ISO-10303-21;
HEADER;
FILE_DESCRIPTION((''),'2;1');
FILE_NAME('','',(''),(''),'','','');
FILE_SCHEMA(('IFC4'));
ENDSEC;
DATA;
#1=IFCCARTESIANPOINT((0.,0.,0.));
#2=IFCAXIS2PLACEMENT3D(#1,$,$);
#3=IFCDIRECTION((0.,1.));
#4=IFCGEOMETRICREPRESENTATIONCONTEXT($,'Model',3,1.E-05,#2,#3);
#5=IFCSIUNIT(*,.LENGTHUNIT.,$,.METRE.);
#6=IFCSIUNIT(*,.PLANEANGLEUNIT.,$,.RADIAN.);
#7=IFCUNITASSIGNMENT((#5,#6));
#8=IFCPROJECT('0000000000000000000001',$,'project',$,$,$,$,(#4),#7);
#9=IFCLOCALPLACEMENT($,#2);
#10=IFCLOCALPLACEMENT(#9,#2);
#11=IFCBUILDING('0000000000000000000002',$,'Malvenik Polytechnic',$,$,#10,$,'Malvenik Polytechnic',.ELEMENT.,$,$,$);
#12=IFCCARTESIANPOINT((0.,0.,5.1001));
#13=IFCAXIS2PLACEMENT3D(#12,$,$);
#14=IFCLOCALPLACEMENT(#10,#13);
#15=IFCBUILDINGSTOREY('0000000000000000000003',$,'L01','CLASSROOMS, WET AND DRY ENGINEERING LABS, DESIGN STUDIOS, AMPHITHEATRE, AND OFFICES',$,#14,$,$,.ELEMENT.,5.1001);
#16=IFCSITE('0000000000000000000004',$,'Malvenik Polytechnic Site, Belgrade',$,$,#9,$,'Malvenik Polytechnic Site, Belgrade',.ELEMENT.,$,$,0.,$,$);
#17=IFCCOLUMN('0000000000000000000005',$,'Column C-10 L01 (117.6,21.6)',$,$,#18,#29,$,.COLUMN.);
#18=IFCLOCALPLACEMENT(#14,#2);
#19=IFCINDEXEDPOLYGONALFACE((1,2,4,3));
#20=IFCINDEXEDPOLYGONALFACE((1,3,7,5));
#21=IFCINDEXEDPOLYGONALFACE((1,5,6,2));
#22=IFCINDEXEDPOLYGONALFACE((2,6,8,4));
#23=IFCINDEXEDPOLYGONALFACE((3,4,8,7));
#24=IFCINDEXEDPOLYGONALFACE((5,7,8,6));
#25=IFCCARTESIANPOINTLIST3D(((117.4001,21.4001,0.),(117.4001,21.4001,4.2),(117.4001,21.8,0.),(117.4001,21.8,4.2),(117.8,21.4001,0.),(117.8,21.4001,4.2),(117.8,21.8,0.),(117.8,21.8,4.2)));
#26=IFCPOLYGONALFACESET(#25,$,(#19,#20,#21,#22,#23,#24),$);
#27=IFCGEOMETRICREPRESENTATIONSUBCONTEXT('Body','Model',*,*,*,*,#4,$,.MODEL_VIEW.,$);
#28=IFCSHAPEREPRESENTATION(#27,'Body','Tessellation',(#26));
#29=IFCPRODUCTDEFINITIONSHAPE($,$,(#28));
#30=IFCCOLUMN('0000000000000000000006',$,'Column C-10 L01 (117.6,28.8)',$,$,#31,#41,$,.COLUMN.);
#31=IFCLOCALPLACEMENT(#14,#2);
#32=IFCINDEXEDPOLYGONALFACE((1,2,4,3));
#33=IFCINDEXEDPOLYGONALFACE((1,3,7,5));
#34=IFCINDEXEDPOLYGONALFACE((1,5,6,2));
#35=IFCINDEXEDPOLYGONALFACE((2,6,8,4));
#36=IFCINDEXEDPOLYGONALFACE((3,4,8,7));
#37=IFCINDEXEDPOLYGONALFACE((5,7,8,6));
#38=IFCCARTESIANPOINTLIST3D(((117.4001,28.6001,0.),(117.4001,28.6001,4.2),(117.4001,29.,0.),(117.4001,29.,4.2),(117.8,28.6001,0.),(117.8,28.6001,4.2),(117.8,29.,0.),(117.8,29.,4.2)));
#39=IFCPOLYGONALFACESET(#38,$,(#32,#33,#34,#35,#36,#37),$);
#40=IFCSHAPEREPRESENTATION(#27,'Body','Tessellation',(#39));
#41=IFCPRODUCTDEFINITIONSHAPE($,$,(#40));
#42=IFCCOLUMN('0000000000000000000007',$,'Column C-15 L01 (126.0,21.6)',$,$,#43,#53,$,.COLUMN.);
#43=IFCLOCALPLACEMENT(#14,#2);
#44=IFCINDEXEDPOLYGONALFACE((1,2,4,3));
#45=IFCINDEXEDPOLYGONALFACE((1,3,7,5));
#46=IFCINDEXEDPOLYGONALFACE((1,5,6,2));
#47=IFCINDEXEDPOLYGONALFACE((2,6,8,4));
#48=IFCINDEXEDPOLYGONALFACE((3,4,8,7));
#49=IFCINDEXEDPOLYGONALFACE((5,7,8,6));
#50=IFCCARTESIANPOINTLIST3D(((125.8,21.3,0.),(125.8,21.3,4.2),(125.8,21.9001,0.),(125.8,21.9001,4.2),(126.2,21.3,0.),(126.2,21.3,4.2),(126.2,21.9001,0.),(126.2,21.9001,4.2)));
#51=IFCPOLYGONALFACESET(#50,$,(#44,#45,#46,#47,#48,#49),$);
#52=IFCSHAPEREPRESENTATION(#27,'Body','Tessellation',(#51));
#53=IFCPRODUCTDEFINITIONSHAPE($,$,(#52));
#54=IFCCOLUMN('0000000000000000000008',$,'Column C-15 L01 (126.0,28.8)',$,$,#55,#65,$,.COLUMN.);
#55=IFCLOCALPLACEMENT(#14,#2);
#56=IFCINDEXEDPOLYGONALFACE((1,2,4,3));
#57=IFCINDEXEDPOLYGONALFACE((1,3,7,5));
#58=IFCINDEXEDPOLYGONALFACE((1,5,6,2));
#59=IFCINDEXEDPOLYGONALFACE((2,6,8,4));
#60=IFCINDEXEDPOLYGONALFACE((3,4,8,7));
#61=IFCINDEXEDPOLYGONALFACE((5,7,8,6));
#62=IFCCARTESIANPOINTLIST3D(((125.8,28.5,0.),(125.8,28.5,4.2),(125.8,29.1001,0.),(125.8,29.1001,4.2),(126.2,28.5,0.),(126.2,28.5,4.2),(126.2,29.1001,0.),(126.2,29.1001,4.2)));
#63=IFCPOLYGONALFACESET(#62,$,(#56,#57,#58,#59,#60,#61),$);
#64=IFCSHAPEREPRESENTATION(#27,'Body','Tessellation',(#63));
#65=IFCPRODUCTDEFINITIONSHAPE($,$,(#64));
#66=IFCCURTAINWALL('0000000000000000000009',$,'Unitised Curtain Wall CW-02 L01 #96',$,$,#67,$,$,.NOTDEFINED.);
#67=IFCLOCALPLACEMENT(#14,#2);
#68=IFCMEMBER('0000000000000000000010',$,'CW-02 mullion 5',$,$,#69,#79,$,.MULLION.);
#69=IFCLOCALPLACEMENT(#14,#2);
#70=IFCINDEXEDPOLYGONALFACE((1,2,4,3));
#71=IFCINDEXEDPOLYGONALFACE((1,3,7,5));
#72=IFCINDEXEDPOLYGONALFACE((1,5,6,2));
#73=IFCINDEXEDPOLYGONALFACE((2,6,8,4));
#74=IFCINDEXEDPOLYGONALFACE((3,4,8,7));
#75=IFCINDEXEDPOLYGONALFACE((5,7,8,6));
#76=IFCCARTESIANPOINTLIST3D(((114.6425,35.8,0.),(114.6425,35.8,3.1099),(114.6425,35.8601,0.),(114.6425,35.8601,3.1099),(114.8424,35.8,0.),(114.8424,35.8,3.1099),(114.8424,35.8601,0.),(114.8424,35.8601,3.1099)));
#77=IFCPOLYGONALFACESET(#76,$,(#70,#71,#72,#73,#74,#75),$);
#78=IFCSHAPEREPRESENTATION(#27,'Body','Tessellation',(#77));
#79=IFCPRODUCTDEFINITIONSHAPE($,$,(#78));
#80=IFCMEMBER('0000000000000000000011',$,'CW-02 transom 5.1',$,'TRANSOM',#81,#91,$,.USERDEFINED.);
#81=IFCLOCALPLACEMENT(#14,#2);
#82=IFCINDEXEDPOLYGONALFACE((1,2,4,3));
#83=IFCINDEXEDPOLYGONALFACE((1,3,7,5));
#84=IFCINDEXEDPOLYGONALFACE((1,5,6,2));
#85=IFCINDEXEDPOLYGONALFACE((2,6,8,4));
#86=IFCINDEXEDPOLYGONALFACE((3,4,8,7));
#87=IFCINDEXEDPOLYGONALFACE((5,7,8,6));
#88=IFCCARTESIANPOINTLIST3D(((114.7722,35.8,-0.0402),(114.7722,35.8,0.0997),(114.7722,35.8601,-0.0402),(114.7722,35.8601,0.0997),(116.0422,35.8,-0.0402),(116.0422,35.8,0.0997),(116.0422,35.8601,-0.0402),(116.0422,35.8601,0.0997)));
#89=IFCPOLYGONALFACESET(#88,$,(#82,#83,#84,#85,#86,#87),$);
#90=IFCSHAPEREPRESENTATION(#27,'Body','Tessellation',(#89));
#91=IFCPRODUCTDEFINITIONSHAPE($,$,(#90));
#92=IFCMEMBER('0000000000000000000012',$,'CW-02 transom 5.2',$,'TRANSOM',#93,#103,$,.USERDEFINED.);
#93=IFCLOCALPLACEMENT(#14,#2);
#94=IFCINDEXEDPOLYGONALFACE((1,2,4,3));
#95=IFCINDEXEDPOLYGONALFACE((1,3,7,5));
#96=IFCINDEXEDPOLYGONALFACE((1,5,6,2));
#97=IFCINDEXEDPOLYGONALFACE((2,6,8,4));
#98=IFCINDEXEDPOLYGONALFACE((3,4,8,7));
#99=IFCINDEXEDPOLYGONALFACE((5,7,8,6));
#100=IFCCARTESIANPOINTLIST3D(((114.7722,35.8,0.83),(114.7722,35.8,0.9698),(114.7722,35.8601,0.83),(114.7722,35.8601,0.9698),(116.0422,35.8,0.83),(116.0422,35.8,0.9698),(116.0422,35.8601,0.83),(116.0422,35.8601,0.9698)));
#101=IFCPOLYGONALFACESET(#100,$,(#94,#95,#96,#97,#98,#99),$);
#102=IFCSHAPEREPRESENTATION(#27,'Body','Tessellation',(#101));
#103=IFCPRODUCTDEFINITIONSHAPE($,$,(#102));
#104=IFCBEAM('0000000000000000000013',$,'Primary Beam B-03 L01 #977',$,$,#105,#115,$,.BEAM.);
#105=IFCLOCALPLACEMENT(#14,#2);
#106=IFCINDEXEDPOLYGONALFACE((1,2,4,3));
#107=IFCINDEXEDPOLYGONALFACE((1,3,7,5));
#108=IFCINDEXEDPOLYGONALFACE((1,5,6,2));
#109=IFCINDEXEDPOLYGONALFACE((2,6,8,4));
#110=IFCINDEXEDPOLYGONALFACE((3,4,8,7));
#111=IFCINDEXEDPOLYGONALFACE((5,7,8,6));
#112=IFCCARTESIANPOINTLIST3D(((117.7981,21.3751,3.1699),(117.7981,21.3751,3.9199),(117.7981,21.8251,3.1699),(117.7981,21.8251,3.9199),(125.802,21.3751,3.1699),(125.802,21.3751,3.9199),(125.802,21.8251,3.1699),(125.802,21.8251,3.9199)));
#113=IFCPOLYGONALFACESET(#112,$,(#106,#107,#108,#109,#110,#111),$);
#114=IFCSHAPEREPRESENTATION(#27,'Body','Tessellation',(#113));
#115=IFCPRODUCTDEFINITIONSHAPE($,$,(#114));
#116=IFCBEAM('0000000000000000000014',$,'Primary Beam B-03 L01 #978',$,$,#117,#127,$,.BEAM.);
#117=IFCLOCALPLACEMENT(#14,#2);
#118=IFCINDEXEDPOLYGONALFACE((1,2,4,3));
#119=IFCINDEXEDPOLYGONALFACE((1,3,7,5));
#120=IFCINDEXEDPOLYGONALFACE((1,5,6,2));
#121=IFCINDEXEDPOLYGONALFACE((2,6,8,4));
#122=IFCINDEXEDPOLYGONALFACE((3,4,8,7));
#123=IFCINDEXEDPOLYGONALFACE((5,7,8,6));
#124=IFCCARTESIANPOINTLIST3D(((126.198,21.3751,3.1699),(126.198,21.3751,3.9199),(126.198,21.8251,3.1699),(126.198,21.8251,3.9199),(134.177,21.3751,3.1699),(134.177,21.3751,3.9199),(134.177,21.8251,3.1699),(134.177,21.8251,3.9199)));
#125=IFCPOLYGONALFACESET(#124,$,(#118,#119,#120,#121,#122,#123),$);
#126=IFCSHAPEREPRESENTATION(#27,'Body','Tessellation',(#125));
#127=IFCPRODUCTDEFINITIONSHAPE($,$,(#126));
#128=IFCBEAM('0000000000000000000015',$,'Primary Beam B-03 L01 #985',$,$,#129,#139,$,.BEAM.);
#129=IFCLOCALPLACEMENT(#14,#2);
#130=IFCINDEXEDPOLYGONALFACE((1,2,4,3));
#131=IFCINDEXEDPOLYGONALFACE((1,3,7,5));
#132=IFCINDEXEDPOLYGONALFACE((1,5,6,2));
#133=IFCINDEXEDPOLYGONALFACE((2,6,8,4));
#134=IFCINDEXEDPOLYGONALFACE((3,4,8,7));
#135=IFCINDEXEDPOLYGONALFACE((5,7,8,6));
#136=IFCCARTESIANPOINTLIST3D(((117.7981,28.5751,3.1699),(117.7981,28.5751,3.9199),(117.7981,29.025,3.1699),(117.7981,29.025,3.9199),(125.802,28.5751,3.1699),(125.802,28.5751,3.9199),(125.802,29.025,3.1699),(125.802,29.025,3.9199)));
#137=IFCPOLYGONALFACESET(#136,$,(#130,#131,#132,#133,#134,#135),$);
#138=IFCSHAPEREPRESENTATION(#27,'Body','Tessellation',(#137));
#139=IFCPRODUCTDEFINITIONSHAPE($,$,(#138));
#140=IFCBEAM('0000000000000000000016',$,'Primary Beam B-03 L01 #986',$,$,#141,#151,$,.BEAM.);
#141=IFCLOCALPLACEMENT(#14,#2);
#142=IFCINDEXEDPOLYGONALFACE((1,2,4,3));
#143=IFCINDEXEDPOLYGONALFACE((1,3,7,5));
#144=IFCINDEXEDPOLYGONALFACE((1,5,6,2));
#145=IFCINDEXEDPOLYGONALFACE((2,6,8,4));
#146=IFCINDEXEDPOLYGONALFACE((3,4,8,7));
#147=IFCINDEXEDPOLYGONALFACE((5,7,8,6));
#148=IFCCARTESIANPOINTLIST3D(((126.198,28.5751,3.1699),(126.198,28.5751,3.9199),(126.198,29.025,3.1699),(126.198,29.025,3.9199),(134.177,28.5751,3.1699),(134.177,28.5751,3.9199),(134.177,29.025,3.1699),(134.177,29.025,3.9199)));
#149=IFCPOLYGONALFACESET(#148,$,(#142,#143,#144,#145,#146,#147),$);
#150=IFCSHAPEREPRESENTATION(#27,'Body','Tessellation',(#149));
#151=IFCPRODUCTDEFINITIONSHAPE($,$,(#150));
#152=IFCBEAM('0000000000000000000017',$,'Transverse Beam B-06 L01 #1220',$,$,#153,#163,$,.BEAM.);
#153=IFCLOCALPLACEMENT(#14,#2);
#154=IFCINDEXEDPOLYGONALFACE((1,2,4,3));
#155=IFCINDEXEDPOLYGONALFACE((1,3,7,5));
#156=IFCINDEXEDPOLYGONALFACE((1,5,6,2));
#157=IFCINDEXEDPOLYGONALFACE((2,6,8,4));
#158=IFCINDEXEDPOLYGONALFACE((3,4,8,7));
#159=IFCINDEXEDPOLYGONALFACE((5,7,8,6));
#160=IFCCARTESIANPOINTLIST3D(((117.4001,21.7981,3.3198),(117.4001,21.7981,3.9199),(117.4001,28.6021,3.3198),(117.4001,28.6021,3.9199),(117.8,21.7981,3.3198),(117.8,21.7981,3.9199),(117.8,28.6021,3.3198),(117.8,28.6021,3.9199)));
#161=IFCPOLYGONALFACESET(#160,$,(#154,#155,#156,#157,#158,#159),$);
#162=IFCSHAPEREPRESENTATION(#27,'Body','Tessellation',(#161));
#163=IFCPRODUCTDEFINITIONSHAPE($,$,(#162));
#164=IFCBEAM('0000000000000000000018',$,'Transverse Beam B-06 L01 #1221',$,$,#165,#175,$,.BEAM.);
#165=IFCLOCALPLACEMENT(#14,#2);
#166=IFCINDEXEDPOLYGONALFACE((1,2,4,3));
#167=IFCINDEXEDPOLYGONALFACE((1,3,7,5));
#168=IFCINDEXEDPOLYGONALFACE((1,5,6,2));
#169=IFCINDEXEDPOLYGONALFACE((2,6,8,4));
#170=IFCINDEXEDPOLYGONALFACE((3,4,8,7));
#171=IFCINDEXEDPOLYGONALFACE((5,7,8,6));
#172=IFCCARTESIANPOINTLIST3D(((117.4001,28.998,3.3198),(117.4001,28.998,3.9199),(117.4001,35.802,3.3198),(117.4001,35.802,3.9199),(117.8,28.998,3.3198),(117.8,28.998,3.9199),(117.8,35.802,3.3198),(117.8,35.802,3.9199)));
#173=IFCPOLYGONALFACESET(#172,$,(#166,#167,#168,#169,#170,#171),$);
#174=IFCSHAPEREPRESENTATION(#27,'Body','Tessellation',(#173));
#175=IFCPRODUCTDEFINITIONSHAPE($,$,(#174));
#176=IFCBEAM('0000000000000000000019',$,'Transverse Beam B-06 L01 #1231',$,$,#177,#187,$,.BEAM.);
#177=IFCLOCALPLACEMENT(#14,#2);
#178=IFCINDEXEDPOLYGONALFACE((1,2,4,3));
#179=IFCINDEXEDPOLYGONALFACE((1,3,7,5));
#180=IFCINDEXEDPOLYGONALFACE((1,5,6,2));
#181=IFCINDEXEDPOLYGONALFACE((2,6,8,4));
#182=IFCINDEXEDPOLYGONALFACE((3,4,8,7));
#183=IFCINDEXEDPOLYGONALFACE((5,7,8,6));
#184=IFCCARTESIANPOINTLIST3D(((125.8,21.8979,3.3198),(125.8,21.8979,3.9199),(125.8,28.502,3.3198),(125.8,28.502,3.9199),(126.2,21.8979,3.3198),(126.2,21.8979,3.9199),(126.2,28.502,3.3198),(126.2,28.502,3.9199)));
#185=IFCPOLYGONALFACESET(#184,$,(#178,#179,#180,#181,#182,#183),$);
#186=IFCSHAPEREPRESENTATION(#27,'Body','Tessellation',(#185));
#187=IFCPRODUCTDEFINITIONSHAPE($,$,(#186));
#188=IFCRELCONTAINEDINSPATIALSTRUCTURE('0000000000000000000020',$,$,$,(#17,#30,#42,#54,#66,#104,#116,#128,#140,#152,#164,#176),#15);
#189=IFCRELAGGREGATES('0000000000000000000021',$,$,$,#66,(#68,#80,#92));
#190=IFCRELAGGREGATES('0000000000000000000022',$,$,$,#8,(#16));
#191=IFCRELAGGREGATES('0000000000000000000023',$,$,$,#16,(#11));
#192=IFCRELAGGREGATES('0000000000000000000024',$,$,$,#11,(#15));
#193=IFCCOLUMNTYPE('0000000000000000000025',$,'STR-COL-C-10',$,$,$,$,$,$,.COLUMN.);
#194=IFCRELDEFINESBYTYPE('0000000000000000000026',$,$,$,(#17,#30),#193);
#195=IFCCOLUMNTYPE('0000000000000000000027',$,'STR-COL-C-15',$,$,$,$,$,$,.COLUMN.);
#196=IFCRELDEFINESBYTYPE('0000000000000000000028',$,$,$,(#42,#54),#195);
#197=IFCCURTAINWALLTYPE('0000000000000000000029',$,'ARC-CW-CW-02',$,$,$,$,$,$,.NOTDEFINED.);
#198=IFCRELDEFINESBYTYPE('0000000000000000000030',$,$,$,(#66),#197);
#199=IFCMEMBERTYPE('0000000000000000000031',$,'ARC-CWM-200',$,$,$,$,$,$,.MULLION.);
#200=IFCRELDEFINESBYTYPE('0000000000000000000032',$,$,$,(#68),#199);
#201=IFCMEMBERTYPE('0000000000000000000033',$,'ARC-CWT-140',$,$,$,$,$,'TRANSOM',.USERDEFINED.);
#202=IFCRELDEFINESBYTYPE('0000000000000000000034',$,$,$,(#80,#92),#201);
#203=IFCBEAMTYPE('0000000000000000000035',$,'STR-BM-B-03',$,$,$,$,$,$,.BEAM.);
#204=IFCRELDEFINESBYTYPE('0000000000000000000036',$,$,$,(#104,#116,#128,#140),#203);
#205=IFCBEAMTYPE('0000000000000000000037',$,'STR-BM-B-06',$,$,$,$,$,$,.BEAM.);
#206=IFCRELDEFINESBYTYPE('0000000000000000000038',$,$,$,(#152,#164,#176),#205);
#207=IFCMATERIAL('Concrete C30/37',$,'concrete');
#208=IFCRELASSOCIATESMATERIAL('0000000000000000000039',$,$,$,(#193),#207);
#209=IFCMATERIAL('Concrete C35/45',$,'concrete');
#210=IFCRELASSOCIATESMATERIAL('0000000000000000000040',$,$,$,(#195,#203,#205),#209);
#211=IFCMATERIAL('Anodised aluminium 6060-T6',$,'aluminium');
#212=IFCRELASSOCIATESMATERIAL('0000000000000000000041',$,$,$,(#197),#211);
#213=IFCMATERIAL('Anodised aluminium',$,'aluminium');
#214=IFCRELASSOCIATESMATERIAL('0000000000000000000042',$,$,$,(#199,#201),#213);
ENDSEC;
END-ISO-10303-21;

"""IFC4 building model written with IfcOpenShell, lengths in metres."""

from ifc_helpers import new_model, si_unit, direction, frame, origin, origin_2d, place, context, subcontext, project, spatial, rectangle, extrude, material, material_profile, profile_set, type_object, element, aggregate, save


model = new_model("IFC4")

# Units and contexts
model_context = context("Model", 3, precision=1e-05, world=origin(), true_north=direction((0.0, 1.0)))
body_context = subcontext(model_context, "Body", "Model", "MODEL_VIEW")
ifc_project = project(units=[si_unit("LENGTHUNIT", "METRE"), si_unit("PLANEANGLEUNIT", "RADIAN")], contexts=[model_context])

# Site, building, storey
site_placement = place(None, origin())
site = spatial("IfcSite", under=ifc_project, at=site_placement, Name="Malvenik Polytechnic Site, Belgrade", LongName="Malvenik Polytechnic Site, Belgrade", CompositionType="ELEMENT", RefElevation=0.0)
building_placement = place(site_placement, origin())
building = spatial("IfcBuilding", under=site, at=building_placement, Name="Malvenik Polytechnic", LongName="Malvenik Polytechnic", CompositionType="ELEMENT")
storey_placement = place(building_placement, frame((0.0, 0.0, 5.1001)))
storey = spatial("IfcBuildingStorey", under=building, at=storey_placement, Name="L01", Description="CLASSROOMS, WET AND DRY ENGINEERING LABS, DESIGN STUDIOS, AMPHITHEATRE, AND OFFICES", CompositionType="ELEMENT", Elevation=5.1001)

# Columns
ifc_material_1 = material(Name="Concrete C30/37", Category="concrete")
ifc_material_profile_1 = material_profile(ifc_material_1, rectangle(XDim=0.3999, YDim=0.3999, at=origin_2d()), Name="RC COL 400x400")
ifc_profile_set_1 = profile_set([ifc_material_profile_1], Name="Concrete C30/37")
column_type_1 = type_object("IfcColumnType", Name="STR-COL-C-10", PredefinedType="COLUMN", material=ifc_profile_set_1)
for number, where, z_axis, x_axis, name in (
    (1, (117.6001, 21.6001, 0.0), (0.0, 0.0, 1.0), (1.0, 0.0, 0.0), "Column C-10 L01 (117.6,21.6)"),
    (2, (117.6001, 28.8, 0.0), (0.0, 0.0, 1.0), (1.0, 0.0, 0.0), "Column C-10 L01 (117.6,28.8)"),
):
    element("IfcColumn", number, at=place(storey_placement, frame(where, z_axis=z_axis, x_axis=x_axis)), inside=storey, type_object=column_type_1, Name=name, PredefinedType="COLUMN", context=body_context, shape_type="SweptSolid", body=[
        extrude(rectangle(XDim=0.3999, YDim=0.3999, at=origin_2d()), origin(), (0.0, 0.0, 1.0), 4.2),
    ])
ifc_material_2 = material(Name="Concrete C35/45", Category="concrete")
ifc_material_profile_2 = material_profile(ifc_material_2, rectangle(XDim=0.3999, YDim=0.6001, at=origin_2d()), Name="RC COL 600x400")
ifc_profile_set_2 = profile_set([ifc_material_profile_2], Name="Concrete C35/45")
column_type_2 = type_object("IfcColumnType", Name="STR-COL-C-15", PredefinedType="COLUMN", material=ifc_profile_set_2)
for number, where, z_axis, x_axis, name in (
    (3, (126.0, 21.6001, 0.0), (0.0, 0.0, 1.0), (1.0, 0.0, 0.0), "Column C-15 L01 (126.0,21.6)"),
    (4, (126.0, 28.8, 0.0), (0.0, 0.0, 1.0), (1.0, 0.0, 0.0), "Column C-15 L01 (126.0,28.8)"),
):
    element("IfcColumn", number, at=place(storey_placement, frame(where, z_axis=z_axis, x_axis=x_axis)), inside=storey, type_object=column_type_2, Name=name, PredefinedType="COLUMN", context=body_context, shape_type="SweptSolid", body=[
        extrude(rectangle(XDim=0.3999, YDim=0.6001, at=origin_2d()), origin(), (0.0, 0.0, 1.0), 4.2),
    ])

# Curtain wall, members
ifc_material_3 = material(Name="Anodised aluminium 6060-T6", Category="aluminium")
curtain_wall_type = type_object("IfcCurtainWallType", Name="ARC-CW-CW-02", PredefinedType="NOTDEFINED", material=ifc_material_3)
curtain_wall_placement = place(storey_placement, origin())
curtain_wall = element("IfcCurtainWall", 5, at=curtain_wall_placement, inside=storey, type_object=curtain_wall_type, Name="Unitised Curtain Wall CW-02 L01 #96", PredefinedType="NOTDEFINED")
ifc_material_4 = material(Name="Anodised aluminium", Category="aluminium")
ifc_material_profile_3 = material_profile(ifc_material_4, rectangle(XDim=0.0601, YDim=0.2, at=origin_2d()), Name="ALU MULLION 60x200")
ifc_profile_set_3 = profile_set([ifc_material_profile_3], Name="Anodised aluminium")
member_type_1 = type_object("IfcMemberType", Name="ARC-CWM-200", PredefinedType="MULLION", material=ifc_profile_set_3)
member_1_placement = place(storey_placement, frame((114.7424, 35.8301, 0.0), z_axis=(0.0, 0.0, 1.0), x_axis=(0.0, 1.0, 0.0)))
member_1 = element("IfcMember", 6, at=member_1_placement, type_object=member_type_1, Name="CW-02 mullion 5", PredefinedType="MULLION", context=body_context, shape_type="SweptSolid", body=[
    extrude(rectangle(XDim=0.0601, YDim=0.2, at=origin_2d()), origin(), (0.0, 0.0, 1.0), 3.1099),
])
ifc_material_profile_4 = material_profile(ifc_material_4, rectangle(XDim=0.0601, YDim=0.1399, at=origin_2d()), Name="ALU TRANSOM 60x140")
ifc_profile_set_4 = profile_set([ifc_material_profile_4], Name="Anodised aluminium")
member_type_2 = type_object("IfcMemberType", Name="ARC-CWT-140", ElementType="TRANSOM", PredefinedType="USERDEFINED", material=ifc_profile_set_4)
member_2_placement = place(storey_placement, frame((114.7722, 35.8301, 0.0298), z_axis=(1.0, 0.0, 0.0), x_axis=(0.0, 1.0, 0.0)))
member_2 = element("IfcMember", 7, at=member_2_placement, type_object=member_type_2, Name="CW-02 transom 5.1", ObjectType="TRANSOM", PredefinedType="USERDEFINED", context=body_context, shape_type="SweptSolid", body=[
    extrude(rectangle(XDim=0.0601, YDim=0.1399, at=origin_2d()), origin(), (0.0, 0.0, 1.0), 1.27),
])
member_3_placement = place(storey_placement, frame((114.7722, 35.8301, 0.8999), z_axis=(1.0, 0.0, 0.0), x_axis=(0.0, 1.0, 0.0)))
member_3 = element("IfcMember", 8, at=member_3_placement, type_object=member_type_2, Name="CW-02 transom 5.2", ObjectType="TRANSOM", PredefinedType="USERDEFINED", context=body_context, shape_type="SweptSolid", body=[
    extrude(rectangle(XDim=0.0601, YDim=0.1399, at=origin_2d()), origin(), (0.0, 0.0, 1.0), 1.27),
])
aggregate(curtain_wall, [member_1, member_2, member_3])

# Beams
ifc_material_profile_5 = material_profile(ifc_material_2, rectangle(XDim=0.45, YDim=0.75, at=origin_2d()), Name="RC BM 450x750")
ifc_profile_set_5 = profile_set([ifc_material_profile_5], Name="Concrete C35/45")
beam_type_1 = type_object("IfcBeamType", Name="STR-BM-B-03", PredefinedType="BEAM", material=ifc_profile_set_5)
beam_1_placement = place(storey_placement, frame((117.7981, 21.6001, 3.5449), z_axis=(1.0, 0.0, 0.0), x_axis=(0.0, 1.0, 0.0)))
element("IfcBeam", 9, at=beam_1_placement, inside=storey, type_object=beam_type_1, Name="Primary Beam B-03 L01 #977", PredefinedType="BEAM", context=body_context, shape_type="SweptSolid", body=[
    extrude(rectangle(XDim=0.45, YDim=0.75, at=origin_2d()), origin(), (0.0, 0.0, 1.0), 8.0039),
])
beam_2_placement = place(storey_placement, frame((126.198, 21.6001, 3.5449), z_axis=(1.0, 0.0, 0.0), x_axis=(0.0, 1.0, 0.0)))
element("IfcBeam", 10, at=beam_2_placement, inside=storey, type_object=beam_type_1, Name="Primary Beam B-03 L01 #978", PredefinedType="BEAM", context=body_context, shape_type="SweptSolid", body=[
    extrude(rectangle(XDim=0.45, YDim=0.75, at=origin_2d()), origin(), (0.0, 0.0, 1.0), 7.979),
])
beam_3_placement = place(storey_placement, frame((117.7981, 28.8, 3.5449), z_axis=(1.0, 0.0, 0.0), x_axis=(0.0, 1.0, 0.0)))
element("IfcBeam", 11, at=beam_3_placement, inside=storey, type_object=beam_type_1, Name="Primary Beam B-03 L01 #985", PredefinedType="BEAM", context=body_context, shape_type="SweptSolid", body=[
    extrude(rectangle(XDim=0.45, YDim=0.75, at=origin_2d()), origin(), (0.0, 0.0, 1.0), 8.0039),
])
beam_4_placement = place(storey_placement, frame((126.198, 28.8, 3.5449), z_axis=(1.0, 0.0, 0.0), x_axis=(0.0, 1.0, 0.0)))
element("IfcBeam", 12, at=beam_4_placement, inside=storey, type_object=beam_type_1, Name="Primary Beam B-03 L01 #986", PredefinedType="BEAM", context=body_context, shape_type="SweptSolid", body=[
    extrude(rectangle(XDim=0.45, YDim=0.75, at=origin_2d()), origin(), (0.0, 0.0, 1.0), 7.979),
])
ifc_material_profile_6 = material_profile(ifc_material_2, rectangle(XDim=0.3999, YDim=0.6001, at=origin_2d()), Name="RC BM 400x600")
ifc_profile_set_6 = profile_set([ifc_material_profile_6], Name="Concrete C35/45")
beam_type_2 = type_object("IfcBeamType", Name="STR-BM-B-06", PredefinedType="BEAM", material=ifc_profile_set_6)
for number, where, z_axis, x_axis, name in (
    (13, (117.6001, 21.7981, 3.6199), (0.0, 1.0, 0.0), (-1.0, 0.0, 0.0), "Transverse Beam B-06 L01 #1220"),
    (14, (117.6001, 28.998, 3.6199), (0.0, 1.0, 0.0), (-1.0, 0.0, 0.0), "Transverse Beam B-06 L01 #1221"),
):
    element("IfcBeam", number, at=place(storey_placement, frame(where, z_axis=z_axis, x_axis=x_axis)), inside=storey, type_object=beam_type_2, Name=name, PredefinedType="BEAM", context=body_context, shape_type="SweptSolid", body=[
        extrude(rectangle(XDim=0.3999, YDim=0.6001, at=origin_2d()), origin(), (0.0, 0.0, 1.0), 6.804),
    ])
for number, where, z_axis, x_axis, name in (
    (15, (126.0, 21.8979, 3.6199), (0.0, 1.0, 0.0), (-1.0, 0.0, 0.0), "Transverse Beam B-06 L01 #1231"),
):
    element("IfcBeam", number, at=place(storey_placement, frame(where, z_axis=z_axis, x_axis=x_axis)), inside=storey, type_object=beam_type_2, Name=name, PredefinedType="BEAM", context=body_context, shape_type="SweptSolid", body=[
        extrude(rectangle(XDim=0.3999, YDim=0.6001, at=origin_2d()), origin(), (0.0, 0.0, 1.0), 6.604),
    ])

save(model, "model.ifc")
